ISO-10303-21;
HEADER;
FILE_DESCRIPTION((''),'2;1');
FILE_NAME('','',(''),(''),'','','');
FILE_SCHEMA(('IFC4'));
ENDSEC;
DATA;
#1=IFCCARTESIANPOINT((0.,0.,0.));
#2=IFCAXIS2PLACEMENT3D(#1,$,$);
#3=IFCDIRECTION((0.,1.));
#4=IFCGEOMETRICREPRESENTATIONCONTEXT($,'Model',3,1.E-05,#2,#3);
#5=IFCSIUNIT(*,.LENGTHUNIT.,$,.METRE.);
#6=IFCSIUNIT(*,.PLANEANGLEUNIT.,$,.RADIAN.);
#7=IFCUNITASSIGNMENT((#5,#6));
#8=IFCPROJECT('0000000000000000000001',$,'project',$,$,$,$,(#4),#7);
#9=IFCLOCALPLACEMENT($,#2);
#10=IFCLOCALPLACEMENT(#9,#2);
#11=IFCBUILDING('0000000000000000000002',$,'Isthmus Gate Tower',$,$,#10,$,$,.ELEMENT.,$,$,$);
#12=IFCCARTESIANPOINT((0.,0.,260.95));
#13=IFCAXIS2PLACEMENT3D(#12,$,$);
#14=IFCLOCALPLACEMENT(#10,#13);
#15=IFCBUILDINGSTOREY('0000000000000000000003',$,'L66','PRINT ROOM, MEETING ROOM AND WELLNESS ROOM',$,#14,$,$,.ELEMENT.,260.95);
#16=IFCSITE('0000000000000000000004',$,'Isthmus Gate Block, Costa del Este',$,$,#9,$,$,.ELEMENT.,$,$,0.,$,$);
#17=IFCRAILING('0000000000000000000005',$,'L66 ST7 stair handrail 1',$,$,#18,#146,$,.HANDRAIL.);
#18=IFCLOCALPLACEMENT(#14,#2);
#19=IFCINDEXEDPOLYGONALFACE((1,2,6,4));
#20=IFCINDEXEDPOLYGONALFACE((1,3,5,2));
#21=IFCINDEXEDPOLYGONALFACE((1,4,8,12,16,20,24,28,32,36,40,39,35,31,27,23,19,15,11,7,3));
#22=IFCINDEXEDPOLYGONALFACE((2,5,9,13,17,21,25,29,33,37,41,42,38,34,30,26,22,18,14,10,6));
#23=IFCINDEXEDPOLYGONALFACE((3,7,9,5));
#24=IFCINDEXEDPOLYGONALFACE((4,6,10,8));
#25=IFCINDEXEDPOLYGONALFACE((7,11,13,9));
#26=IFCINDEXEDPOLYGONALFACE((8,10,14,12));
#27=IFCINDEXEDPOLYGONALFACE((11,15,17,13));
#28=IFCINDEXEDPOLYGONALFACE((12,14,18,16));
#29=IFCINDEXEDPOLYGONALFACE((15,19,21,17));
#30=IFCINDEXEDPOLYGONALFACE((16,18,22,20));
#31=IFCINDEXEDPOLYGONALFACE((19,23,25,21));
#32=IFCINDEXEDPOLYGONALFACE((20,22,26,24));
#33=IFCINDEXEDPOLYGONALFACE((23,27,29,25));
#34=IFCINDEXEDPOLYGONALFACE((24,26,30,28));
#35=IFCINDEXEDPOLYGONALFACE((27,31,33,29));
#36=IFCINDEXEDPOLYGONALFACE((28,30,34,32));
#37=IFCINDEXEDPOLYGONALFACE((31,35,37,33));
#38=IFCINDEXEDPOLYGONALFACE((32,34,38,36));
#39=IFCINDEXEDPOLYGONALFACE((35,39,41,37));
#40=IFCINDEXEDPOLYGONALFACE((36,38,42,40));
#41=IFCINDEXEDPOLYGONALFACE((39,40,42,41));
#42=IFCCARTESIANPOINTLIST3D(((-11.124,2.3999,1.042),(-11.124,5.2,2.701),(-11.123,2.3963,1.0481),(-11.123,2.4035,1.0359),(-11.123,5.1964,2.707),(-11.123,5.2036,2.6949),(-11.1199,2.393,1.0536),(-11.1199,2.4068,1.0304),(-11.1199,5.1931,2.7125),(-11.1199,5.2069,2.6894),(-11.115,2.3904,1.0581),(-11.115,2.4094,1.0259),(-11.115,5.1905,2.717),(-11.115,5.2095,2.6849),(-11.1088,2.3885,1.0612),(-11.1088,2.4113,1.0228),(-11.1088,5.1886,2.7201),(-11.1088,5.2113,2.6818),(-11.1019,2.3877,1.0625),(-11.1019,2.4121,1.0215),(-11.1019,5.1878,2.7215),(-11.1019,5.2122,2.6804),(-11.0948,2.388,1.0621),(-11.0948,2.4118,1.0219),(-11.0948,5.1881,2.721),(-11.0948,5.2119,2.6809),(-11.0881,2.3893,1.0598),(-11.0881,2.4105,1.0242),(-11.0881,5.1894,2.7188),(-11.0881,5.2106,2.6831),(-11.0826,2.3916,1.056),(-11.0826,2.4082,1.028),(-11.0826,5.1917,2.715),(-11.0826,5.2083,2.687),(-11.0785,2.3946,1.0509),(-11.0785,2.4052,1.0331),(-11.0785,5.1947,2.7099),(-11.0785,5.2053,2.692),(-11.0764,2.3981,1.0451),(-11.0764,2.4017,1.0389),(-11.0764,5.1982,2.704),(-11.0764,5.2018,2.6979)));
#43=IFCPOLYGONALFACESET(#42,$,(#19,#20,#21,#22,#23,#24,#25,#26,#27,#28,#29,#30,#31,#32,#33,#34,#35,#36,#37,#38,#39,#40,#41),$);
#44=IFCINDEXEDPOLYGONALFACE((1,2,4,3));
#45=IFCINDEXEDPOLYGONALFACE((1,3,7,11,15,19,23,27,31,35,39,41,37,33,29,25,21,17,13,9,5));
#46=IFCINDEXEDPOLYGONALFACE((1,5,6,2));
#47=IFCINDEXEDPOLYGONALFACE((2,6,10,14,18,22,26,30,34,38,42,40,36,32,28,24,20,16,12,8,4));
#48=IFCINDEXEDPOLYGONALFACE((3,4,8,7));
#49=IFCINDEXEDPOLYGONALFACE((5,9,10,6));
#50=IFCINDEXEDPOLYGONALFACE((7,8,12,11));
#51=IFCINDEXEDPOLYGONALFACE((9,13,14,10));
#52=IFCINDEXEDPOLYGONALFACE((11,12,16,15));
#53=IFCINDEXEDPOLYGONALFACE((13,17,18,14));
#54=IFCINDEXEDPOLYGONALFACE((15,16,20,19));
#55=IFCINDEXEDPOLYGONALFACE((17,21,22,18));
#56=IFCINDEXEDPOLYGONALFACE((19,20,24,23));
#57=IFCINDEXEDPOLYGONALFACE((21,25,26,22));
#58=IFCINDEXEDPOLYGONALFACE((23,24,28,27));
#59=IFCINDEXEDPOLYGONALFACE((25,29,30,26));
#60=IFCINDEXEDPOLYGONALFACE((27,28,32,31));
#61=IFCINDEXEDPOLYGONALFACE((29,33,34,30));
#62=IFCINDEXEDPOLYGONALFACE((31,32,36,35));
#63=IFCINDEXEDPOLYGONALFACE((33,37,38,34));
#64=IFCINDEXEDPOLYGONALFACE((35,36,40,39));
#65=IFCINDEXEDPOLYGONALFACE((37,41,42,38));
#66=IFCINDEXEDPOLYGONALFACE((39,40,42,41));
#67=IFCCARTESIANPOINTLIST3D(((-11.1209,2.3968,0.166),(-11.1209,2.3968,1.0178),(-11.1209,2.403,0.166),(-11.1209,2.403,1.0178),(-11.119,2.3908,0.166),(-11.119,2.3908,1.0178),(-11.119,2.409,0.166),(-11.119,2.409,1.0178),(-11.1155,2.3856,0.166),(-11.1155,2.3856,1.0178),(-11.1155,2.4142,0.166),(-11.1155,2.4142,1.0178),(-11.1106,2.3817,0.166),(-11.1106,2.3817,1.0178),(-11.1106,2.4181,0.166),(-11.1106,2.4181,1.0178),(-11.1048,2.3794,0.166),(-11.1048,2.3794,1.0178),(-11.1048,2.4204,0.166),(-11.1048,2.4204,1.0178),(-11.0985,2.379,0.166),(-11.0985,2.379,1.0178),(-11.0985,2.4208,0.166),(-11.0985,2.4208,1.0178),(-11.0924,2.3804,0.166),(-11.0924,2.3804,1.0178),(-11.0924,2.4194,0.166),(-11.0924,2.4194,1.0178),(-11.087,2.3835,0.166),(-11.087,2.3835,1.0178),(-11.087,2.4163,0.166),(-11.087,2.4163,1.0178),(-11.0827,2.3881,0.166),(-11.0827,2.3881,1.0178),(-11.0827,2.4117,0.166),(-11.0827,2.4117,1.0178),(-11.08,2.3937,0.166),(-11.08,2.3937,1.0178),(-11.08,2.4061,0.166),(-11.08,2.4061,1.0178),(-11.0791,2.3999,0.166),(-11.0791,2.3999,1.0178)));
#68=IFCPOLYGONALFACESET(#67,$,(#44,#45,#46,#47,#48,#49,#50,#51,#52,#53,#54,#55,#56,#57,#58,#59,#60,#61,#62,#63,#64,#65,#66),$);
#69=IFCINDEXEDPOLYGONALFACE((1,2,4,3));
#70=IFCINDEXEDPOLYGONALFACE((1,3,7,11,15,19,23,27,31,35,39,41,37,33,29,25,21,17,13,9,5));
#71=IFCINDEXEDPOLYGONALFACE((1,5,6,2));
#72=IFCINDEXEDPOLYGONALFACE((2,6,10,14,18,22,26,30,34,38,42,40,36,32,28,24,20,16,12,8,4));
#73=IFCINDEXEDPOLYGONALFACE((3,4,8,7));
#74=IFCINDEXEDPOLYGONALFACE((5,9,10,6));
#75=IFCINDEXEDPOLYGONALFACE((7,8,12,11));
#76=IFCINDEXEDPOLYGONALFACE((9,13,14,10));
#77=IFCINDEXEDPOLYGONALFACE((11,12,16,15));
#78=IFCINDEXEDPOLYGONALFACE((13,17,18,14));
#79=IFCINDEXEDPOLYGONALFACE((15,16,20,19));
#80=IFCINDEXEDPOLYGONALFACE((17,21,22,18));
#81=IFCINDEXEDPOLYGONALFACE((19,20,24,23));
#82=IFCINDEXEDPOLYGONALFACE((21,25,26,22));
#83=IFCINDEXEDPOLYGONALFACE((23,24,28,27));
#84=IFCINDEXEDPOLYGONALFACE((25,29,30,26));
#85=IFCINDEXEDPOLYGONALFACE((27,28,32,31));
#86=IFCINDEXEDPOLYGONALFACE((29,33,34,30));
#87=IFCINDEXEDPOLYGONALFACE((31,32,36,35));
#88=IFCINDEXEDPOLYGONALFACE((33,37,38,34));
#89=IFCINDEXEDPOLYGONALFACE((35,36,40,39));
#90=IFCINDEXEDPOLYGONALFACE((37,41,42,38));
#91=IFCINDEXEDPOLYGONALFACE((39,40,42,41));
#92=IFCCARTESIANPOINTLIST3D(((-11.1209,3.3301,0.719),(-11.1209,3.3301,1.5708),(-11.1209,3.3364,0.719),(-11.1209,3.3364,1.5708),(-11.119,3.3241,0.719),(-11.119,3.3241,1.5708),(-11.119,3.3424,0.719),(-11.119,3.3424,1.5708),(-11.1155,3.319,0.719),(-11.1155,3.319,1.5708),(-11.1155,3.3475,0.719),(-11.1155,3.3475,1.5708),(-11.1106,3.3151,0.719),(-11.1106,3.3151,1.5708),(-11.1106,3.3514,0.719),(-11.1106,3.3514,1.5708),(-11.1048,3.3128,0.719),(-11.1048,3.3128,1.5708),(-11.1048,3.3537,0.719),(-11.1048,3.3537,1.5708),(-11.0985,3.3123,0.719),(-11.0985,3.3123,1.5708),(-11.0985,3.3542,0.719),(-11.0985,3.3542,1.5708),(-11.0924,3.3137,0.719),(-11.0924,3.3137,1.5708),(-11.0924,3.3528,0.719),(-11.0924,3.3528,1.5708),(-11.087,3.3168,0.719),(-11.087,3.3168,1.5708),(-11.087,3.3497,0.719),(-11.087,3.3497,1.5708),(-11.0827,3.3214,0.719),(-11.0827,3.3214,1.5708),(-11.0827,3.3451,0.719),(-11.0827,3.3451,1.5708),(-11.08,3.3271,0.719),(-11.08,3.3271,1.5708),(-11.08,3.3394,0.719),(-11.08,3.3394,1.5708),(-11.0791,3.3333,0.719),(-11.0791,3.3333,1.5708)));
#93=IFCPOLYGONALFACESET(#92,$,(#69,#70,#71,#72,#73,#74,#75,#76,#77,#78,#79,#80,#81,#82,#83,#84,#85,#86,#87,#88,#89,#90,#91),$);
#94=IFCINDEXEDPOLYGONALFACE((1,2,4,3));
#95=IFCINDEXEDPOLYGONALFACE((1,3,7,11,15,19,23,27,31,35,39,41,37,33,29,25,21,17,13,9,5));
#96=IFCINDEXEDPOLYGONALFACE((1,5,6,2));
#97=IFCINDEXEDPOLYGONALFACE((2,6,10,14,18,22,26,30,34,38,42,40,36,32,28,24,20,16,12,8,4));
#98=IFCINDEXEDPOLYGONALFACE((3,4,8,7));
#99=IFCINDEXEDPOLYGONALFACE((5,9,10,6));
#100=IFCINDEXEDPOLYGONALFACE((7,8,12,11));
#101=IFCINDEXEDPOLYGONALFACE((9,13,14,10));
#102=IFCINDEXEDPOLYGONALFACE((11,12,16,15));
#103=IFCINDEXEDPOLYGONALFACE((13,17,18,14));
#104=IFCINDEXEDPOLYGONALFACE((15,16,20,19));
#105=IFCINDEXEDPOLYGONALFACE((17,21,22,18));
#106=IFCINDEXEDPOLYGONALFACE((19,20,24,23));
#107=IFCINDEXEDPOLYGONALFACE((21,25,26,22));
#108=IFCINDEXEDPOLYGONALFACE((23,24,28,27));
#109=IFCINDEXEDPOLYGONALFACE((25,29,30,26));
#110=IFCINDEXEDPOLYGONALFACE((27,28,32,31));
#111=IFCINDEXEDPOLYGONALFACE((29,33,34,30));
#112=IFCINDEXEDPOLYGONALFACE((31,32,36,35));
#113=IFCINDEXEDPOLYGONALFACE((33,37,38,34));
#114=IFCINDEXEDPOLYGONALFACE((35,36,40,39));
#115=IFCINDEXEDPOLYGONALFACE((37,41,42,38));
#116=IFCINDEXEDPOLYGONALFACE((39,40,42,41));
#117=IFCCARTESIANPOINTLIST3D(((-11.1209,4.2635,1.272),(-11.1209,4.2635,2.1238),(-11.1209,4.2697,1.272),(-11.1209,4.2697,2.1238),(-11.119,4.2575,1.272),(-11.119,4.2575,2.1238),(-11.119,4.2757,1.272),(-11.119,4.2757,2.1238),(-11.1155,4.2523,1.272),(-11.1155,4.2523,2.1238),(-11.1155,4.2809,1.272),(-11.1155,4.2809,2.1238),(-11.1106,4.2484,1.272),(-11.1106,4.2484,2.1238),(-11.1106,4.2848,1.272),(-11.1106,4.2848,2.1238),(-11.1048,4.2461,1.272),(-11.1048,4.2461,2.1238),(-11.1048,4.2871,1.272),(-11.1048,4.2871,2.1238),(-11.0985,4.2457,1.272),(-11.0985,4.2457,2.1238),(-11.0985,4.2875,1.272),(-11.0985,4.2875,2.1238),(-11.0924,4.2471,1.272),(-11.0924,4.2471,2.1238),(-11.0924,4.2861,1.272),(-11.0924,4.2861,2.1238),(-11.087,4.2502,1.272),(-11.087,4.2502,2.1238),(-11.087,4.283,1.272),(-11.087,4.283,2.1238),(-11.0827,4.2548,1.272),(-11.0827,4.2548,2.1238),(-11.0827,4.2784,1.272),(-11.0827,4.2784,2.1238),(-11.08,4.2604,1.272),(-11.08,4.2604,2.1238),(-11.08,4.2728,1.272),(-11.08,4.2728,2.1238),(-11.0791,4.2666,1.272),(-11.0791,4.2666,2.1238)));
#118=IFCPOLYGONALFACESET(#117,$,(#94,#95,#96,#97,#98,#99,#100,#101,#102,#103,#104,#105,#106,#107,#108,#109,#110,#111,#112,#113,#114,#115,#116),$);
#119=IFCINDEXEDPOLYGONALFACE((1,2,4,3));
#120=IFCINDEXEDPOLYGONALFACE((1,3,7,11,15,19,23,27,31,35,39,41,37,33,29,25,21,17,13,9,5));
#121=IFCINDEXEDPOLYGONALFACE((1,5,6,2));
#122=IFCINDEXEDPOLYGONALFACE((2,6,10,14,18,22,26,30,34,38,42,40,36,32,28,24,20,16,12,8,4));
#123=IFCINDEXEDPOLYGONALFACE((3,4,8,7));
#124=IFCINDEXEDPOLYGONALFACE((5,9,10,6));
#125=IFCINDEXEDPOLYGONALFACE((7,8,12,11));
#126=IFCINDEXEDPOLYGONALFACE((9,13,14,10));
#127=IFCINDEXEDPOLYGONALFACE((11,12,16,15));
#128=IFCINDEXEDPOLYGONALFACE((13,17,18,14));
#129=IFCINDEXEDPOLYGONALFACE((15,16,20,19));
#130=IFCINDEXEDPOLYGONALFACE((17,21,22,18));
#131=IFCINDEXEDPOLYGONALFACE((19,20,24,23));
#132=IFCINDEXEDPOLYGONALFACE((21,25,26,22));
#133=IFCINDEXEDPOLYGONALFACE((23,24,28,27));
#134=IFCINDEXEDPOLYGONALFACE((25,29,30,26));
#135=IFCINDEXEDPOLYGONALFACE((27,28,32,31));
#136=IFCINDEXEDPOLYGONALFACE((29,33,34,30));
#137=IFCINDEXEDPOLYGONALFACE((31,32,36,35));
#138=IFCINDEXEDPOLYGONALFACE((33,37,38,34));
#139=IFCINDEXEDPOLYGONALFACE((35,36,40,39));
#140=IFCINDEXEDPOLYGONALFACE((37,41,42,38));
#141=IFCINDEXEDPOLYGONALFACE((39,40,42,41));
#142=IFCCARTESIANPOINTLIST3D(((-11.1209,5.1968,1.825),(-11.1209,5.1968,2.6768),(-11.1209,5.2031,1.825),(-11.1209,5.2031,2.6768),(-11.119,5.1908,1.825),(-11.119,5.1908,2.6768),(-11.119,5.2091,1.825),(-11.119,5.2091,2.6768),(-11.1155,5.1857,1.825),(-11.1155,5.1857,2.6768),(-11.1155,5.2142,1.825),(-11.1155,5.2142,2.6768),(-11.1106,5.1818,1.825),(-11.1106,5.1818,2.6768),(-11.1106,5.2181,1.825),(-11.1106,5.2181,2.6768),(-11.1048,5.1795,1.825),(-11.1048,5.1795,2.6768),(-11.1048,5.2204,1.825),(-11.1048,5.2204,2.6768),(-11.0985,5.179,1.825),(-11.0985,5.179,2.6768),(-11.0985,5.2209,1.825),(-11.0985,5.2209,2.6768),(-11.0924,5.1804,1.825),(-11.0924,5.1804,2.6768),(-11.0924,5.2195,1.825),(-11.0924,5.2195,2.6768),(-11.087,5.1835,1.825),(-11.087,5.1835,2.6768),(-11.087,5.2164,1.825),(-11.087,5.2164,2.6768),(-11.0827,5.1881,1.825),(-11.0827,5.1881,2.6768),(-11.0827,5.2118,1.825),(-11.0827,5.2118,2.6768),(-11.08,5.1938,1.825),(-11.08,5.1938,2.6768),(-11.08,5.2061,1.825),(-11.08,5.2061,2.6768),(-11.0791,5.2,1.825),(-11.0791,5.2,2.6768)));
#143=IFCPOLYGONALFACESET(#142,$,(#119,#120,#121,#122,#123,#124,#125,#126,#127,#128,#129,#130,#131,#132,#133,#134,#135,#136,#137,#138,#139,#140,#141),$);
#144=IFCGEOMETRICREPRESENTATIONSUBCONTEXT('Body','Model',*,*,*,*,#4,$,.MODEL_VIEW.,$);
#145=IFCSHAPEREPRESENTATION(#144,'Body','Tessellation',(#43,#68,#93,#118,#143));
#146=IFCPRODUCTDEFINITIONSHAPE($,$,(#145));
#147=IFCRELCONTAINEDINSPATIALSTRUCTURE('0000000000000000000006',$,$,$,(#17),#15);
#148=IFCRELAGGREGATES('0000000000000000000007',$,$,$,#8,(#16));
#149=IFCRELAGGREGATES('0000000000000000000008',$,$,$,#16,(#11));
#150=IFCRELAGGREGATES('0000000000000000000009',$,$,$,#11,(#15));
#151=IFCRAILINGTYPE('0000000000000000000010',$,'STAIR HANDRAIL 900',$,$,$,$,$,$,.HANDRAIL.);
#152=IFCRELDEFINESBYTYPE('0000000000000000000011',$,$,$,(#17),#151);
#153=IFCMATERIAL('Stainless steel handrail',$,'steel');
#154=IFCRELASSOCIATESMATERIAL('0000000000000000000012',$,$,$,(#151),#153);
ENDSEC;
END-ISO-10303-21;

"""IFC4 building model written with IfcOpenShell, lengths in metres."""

from ifc_helpers import new_model, si_unit, direction, frame, origin, origin_2d, place, context, subcontext, project, spatial, circle, extrude, material, type_object, element, save


model = new_model("IFC4")

# Units and contexts
model_context = context("Model", 3, precision=1e-05, world=origin(), true_north=direction((0.0, 1.0)))
body_context = subcontext(model_context, "Body", "Model", "MODEL_VIEW")
ifc_project = project(units=[si_unit("LENGTHUNIT", "METRE"), si_unit("PLANEANGLEUNIT", "RADIAN")], contexts=[model_context])

# Site, building, storey
site_placement = place(None, origin())
site = spatial("IfcSite", under=ifc_project, at=site_placement, Name="Isthmus Gate Block, Costa del Este", CompositionType="ELEMENT", RefElevation=0.0)
building_placement = place(site_placement, origin())
building = spatial("IfcBuilding", under=site, at=building_placement, Name="Isthmus Gate Tower", CompositionType="ELEMENT")
storey_placement = place(building_placement, frame((0.0, 0.0, 260.95)))
storey = spatial("IfcBuildingStorey", under=building, at=storey_placement, Name="L66", Description="PRINT ROOM, MEETING ROOM AND WELLNESS ROOM", CompositionType="ELEMENT", Elevation=260.95)

# Railing
ifc_material_1 = material(Name="Stainless steel handrail", Category="steel")
railing_type_1 = type_object("IfcRailingType", Name="STAIR HANDRAIL 900", PredefinedType="HANDRAIL", material=ifc_material_1)
railing_1_placement = place(storey_placement, frame((-11.1001, 2.3999, 0.166)))
element("IfcRailing", 1, at=railing_1_placement, inside=storey, type_object=railing_type_1, Name="L66 ST7 stair handrail 1", PredefinedType="HANDRAIL", context=body_context, shape_type="SweptSolid", body=[
    extrude(circle(Radius=0.0239, at=origin_2d()), frame((0.0, 0.0, 0.876), z_axis=(0.0, 0.860339, 0.509722), x_axis=(-1.0, 0.0, 0.0)), (0.0, 0.0, 1.0), 3.2546),
    extrude(circle(Radius=0.021, at=origin_2d()), origin(), (0.0, 0.0, 1.0), 0.8518),
    extrude(circle(Radius=0.021, at=origin_2d()), frame((0.0, 0.9333, 0.553)), (0.0, 0.0, 1.0), 0.8518),
    extrude(circle(Radius=0.021, at=origin_2d()), frame((0.0, 1.8667, 1.106)), (0.0, 0.0, 1.0), 0.8518),
    extrude(circle(Radius=0.021, at=origin_2d()), frame((0.0, 2.8, 1.6589)), (0.0, 0.0, 1.0), 0.8518),
])

save(model, "model.ifc")
